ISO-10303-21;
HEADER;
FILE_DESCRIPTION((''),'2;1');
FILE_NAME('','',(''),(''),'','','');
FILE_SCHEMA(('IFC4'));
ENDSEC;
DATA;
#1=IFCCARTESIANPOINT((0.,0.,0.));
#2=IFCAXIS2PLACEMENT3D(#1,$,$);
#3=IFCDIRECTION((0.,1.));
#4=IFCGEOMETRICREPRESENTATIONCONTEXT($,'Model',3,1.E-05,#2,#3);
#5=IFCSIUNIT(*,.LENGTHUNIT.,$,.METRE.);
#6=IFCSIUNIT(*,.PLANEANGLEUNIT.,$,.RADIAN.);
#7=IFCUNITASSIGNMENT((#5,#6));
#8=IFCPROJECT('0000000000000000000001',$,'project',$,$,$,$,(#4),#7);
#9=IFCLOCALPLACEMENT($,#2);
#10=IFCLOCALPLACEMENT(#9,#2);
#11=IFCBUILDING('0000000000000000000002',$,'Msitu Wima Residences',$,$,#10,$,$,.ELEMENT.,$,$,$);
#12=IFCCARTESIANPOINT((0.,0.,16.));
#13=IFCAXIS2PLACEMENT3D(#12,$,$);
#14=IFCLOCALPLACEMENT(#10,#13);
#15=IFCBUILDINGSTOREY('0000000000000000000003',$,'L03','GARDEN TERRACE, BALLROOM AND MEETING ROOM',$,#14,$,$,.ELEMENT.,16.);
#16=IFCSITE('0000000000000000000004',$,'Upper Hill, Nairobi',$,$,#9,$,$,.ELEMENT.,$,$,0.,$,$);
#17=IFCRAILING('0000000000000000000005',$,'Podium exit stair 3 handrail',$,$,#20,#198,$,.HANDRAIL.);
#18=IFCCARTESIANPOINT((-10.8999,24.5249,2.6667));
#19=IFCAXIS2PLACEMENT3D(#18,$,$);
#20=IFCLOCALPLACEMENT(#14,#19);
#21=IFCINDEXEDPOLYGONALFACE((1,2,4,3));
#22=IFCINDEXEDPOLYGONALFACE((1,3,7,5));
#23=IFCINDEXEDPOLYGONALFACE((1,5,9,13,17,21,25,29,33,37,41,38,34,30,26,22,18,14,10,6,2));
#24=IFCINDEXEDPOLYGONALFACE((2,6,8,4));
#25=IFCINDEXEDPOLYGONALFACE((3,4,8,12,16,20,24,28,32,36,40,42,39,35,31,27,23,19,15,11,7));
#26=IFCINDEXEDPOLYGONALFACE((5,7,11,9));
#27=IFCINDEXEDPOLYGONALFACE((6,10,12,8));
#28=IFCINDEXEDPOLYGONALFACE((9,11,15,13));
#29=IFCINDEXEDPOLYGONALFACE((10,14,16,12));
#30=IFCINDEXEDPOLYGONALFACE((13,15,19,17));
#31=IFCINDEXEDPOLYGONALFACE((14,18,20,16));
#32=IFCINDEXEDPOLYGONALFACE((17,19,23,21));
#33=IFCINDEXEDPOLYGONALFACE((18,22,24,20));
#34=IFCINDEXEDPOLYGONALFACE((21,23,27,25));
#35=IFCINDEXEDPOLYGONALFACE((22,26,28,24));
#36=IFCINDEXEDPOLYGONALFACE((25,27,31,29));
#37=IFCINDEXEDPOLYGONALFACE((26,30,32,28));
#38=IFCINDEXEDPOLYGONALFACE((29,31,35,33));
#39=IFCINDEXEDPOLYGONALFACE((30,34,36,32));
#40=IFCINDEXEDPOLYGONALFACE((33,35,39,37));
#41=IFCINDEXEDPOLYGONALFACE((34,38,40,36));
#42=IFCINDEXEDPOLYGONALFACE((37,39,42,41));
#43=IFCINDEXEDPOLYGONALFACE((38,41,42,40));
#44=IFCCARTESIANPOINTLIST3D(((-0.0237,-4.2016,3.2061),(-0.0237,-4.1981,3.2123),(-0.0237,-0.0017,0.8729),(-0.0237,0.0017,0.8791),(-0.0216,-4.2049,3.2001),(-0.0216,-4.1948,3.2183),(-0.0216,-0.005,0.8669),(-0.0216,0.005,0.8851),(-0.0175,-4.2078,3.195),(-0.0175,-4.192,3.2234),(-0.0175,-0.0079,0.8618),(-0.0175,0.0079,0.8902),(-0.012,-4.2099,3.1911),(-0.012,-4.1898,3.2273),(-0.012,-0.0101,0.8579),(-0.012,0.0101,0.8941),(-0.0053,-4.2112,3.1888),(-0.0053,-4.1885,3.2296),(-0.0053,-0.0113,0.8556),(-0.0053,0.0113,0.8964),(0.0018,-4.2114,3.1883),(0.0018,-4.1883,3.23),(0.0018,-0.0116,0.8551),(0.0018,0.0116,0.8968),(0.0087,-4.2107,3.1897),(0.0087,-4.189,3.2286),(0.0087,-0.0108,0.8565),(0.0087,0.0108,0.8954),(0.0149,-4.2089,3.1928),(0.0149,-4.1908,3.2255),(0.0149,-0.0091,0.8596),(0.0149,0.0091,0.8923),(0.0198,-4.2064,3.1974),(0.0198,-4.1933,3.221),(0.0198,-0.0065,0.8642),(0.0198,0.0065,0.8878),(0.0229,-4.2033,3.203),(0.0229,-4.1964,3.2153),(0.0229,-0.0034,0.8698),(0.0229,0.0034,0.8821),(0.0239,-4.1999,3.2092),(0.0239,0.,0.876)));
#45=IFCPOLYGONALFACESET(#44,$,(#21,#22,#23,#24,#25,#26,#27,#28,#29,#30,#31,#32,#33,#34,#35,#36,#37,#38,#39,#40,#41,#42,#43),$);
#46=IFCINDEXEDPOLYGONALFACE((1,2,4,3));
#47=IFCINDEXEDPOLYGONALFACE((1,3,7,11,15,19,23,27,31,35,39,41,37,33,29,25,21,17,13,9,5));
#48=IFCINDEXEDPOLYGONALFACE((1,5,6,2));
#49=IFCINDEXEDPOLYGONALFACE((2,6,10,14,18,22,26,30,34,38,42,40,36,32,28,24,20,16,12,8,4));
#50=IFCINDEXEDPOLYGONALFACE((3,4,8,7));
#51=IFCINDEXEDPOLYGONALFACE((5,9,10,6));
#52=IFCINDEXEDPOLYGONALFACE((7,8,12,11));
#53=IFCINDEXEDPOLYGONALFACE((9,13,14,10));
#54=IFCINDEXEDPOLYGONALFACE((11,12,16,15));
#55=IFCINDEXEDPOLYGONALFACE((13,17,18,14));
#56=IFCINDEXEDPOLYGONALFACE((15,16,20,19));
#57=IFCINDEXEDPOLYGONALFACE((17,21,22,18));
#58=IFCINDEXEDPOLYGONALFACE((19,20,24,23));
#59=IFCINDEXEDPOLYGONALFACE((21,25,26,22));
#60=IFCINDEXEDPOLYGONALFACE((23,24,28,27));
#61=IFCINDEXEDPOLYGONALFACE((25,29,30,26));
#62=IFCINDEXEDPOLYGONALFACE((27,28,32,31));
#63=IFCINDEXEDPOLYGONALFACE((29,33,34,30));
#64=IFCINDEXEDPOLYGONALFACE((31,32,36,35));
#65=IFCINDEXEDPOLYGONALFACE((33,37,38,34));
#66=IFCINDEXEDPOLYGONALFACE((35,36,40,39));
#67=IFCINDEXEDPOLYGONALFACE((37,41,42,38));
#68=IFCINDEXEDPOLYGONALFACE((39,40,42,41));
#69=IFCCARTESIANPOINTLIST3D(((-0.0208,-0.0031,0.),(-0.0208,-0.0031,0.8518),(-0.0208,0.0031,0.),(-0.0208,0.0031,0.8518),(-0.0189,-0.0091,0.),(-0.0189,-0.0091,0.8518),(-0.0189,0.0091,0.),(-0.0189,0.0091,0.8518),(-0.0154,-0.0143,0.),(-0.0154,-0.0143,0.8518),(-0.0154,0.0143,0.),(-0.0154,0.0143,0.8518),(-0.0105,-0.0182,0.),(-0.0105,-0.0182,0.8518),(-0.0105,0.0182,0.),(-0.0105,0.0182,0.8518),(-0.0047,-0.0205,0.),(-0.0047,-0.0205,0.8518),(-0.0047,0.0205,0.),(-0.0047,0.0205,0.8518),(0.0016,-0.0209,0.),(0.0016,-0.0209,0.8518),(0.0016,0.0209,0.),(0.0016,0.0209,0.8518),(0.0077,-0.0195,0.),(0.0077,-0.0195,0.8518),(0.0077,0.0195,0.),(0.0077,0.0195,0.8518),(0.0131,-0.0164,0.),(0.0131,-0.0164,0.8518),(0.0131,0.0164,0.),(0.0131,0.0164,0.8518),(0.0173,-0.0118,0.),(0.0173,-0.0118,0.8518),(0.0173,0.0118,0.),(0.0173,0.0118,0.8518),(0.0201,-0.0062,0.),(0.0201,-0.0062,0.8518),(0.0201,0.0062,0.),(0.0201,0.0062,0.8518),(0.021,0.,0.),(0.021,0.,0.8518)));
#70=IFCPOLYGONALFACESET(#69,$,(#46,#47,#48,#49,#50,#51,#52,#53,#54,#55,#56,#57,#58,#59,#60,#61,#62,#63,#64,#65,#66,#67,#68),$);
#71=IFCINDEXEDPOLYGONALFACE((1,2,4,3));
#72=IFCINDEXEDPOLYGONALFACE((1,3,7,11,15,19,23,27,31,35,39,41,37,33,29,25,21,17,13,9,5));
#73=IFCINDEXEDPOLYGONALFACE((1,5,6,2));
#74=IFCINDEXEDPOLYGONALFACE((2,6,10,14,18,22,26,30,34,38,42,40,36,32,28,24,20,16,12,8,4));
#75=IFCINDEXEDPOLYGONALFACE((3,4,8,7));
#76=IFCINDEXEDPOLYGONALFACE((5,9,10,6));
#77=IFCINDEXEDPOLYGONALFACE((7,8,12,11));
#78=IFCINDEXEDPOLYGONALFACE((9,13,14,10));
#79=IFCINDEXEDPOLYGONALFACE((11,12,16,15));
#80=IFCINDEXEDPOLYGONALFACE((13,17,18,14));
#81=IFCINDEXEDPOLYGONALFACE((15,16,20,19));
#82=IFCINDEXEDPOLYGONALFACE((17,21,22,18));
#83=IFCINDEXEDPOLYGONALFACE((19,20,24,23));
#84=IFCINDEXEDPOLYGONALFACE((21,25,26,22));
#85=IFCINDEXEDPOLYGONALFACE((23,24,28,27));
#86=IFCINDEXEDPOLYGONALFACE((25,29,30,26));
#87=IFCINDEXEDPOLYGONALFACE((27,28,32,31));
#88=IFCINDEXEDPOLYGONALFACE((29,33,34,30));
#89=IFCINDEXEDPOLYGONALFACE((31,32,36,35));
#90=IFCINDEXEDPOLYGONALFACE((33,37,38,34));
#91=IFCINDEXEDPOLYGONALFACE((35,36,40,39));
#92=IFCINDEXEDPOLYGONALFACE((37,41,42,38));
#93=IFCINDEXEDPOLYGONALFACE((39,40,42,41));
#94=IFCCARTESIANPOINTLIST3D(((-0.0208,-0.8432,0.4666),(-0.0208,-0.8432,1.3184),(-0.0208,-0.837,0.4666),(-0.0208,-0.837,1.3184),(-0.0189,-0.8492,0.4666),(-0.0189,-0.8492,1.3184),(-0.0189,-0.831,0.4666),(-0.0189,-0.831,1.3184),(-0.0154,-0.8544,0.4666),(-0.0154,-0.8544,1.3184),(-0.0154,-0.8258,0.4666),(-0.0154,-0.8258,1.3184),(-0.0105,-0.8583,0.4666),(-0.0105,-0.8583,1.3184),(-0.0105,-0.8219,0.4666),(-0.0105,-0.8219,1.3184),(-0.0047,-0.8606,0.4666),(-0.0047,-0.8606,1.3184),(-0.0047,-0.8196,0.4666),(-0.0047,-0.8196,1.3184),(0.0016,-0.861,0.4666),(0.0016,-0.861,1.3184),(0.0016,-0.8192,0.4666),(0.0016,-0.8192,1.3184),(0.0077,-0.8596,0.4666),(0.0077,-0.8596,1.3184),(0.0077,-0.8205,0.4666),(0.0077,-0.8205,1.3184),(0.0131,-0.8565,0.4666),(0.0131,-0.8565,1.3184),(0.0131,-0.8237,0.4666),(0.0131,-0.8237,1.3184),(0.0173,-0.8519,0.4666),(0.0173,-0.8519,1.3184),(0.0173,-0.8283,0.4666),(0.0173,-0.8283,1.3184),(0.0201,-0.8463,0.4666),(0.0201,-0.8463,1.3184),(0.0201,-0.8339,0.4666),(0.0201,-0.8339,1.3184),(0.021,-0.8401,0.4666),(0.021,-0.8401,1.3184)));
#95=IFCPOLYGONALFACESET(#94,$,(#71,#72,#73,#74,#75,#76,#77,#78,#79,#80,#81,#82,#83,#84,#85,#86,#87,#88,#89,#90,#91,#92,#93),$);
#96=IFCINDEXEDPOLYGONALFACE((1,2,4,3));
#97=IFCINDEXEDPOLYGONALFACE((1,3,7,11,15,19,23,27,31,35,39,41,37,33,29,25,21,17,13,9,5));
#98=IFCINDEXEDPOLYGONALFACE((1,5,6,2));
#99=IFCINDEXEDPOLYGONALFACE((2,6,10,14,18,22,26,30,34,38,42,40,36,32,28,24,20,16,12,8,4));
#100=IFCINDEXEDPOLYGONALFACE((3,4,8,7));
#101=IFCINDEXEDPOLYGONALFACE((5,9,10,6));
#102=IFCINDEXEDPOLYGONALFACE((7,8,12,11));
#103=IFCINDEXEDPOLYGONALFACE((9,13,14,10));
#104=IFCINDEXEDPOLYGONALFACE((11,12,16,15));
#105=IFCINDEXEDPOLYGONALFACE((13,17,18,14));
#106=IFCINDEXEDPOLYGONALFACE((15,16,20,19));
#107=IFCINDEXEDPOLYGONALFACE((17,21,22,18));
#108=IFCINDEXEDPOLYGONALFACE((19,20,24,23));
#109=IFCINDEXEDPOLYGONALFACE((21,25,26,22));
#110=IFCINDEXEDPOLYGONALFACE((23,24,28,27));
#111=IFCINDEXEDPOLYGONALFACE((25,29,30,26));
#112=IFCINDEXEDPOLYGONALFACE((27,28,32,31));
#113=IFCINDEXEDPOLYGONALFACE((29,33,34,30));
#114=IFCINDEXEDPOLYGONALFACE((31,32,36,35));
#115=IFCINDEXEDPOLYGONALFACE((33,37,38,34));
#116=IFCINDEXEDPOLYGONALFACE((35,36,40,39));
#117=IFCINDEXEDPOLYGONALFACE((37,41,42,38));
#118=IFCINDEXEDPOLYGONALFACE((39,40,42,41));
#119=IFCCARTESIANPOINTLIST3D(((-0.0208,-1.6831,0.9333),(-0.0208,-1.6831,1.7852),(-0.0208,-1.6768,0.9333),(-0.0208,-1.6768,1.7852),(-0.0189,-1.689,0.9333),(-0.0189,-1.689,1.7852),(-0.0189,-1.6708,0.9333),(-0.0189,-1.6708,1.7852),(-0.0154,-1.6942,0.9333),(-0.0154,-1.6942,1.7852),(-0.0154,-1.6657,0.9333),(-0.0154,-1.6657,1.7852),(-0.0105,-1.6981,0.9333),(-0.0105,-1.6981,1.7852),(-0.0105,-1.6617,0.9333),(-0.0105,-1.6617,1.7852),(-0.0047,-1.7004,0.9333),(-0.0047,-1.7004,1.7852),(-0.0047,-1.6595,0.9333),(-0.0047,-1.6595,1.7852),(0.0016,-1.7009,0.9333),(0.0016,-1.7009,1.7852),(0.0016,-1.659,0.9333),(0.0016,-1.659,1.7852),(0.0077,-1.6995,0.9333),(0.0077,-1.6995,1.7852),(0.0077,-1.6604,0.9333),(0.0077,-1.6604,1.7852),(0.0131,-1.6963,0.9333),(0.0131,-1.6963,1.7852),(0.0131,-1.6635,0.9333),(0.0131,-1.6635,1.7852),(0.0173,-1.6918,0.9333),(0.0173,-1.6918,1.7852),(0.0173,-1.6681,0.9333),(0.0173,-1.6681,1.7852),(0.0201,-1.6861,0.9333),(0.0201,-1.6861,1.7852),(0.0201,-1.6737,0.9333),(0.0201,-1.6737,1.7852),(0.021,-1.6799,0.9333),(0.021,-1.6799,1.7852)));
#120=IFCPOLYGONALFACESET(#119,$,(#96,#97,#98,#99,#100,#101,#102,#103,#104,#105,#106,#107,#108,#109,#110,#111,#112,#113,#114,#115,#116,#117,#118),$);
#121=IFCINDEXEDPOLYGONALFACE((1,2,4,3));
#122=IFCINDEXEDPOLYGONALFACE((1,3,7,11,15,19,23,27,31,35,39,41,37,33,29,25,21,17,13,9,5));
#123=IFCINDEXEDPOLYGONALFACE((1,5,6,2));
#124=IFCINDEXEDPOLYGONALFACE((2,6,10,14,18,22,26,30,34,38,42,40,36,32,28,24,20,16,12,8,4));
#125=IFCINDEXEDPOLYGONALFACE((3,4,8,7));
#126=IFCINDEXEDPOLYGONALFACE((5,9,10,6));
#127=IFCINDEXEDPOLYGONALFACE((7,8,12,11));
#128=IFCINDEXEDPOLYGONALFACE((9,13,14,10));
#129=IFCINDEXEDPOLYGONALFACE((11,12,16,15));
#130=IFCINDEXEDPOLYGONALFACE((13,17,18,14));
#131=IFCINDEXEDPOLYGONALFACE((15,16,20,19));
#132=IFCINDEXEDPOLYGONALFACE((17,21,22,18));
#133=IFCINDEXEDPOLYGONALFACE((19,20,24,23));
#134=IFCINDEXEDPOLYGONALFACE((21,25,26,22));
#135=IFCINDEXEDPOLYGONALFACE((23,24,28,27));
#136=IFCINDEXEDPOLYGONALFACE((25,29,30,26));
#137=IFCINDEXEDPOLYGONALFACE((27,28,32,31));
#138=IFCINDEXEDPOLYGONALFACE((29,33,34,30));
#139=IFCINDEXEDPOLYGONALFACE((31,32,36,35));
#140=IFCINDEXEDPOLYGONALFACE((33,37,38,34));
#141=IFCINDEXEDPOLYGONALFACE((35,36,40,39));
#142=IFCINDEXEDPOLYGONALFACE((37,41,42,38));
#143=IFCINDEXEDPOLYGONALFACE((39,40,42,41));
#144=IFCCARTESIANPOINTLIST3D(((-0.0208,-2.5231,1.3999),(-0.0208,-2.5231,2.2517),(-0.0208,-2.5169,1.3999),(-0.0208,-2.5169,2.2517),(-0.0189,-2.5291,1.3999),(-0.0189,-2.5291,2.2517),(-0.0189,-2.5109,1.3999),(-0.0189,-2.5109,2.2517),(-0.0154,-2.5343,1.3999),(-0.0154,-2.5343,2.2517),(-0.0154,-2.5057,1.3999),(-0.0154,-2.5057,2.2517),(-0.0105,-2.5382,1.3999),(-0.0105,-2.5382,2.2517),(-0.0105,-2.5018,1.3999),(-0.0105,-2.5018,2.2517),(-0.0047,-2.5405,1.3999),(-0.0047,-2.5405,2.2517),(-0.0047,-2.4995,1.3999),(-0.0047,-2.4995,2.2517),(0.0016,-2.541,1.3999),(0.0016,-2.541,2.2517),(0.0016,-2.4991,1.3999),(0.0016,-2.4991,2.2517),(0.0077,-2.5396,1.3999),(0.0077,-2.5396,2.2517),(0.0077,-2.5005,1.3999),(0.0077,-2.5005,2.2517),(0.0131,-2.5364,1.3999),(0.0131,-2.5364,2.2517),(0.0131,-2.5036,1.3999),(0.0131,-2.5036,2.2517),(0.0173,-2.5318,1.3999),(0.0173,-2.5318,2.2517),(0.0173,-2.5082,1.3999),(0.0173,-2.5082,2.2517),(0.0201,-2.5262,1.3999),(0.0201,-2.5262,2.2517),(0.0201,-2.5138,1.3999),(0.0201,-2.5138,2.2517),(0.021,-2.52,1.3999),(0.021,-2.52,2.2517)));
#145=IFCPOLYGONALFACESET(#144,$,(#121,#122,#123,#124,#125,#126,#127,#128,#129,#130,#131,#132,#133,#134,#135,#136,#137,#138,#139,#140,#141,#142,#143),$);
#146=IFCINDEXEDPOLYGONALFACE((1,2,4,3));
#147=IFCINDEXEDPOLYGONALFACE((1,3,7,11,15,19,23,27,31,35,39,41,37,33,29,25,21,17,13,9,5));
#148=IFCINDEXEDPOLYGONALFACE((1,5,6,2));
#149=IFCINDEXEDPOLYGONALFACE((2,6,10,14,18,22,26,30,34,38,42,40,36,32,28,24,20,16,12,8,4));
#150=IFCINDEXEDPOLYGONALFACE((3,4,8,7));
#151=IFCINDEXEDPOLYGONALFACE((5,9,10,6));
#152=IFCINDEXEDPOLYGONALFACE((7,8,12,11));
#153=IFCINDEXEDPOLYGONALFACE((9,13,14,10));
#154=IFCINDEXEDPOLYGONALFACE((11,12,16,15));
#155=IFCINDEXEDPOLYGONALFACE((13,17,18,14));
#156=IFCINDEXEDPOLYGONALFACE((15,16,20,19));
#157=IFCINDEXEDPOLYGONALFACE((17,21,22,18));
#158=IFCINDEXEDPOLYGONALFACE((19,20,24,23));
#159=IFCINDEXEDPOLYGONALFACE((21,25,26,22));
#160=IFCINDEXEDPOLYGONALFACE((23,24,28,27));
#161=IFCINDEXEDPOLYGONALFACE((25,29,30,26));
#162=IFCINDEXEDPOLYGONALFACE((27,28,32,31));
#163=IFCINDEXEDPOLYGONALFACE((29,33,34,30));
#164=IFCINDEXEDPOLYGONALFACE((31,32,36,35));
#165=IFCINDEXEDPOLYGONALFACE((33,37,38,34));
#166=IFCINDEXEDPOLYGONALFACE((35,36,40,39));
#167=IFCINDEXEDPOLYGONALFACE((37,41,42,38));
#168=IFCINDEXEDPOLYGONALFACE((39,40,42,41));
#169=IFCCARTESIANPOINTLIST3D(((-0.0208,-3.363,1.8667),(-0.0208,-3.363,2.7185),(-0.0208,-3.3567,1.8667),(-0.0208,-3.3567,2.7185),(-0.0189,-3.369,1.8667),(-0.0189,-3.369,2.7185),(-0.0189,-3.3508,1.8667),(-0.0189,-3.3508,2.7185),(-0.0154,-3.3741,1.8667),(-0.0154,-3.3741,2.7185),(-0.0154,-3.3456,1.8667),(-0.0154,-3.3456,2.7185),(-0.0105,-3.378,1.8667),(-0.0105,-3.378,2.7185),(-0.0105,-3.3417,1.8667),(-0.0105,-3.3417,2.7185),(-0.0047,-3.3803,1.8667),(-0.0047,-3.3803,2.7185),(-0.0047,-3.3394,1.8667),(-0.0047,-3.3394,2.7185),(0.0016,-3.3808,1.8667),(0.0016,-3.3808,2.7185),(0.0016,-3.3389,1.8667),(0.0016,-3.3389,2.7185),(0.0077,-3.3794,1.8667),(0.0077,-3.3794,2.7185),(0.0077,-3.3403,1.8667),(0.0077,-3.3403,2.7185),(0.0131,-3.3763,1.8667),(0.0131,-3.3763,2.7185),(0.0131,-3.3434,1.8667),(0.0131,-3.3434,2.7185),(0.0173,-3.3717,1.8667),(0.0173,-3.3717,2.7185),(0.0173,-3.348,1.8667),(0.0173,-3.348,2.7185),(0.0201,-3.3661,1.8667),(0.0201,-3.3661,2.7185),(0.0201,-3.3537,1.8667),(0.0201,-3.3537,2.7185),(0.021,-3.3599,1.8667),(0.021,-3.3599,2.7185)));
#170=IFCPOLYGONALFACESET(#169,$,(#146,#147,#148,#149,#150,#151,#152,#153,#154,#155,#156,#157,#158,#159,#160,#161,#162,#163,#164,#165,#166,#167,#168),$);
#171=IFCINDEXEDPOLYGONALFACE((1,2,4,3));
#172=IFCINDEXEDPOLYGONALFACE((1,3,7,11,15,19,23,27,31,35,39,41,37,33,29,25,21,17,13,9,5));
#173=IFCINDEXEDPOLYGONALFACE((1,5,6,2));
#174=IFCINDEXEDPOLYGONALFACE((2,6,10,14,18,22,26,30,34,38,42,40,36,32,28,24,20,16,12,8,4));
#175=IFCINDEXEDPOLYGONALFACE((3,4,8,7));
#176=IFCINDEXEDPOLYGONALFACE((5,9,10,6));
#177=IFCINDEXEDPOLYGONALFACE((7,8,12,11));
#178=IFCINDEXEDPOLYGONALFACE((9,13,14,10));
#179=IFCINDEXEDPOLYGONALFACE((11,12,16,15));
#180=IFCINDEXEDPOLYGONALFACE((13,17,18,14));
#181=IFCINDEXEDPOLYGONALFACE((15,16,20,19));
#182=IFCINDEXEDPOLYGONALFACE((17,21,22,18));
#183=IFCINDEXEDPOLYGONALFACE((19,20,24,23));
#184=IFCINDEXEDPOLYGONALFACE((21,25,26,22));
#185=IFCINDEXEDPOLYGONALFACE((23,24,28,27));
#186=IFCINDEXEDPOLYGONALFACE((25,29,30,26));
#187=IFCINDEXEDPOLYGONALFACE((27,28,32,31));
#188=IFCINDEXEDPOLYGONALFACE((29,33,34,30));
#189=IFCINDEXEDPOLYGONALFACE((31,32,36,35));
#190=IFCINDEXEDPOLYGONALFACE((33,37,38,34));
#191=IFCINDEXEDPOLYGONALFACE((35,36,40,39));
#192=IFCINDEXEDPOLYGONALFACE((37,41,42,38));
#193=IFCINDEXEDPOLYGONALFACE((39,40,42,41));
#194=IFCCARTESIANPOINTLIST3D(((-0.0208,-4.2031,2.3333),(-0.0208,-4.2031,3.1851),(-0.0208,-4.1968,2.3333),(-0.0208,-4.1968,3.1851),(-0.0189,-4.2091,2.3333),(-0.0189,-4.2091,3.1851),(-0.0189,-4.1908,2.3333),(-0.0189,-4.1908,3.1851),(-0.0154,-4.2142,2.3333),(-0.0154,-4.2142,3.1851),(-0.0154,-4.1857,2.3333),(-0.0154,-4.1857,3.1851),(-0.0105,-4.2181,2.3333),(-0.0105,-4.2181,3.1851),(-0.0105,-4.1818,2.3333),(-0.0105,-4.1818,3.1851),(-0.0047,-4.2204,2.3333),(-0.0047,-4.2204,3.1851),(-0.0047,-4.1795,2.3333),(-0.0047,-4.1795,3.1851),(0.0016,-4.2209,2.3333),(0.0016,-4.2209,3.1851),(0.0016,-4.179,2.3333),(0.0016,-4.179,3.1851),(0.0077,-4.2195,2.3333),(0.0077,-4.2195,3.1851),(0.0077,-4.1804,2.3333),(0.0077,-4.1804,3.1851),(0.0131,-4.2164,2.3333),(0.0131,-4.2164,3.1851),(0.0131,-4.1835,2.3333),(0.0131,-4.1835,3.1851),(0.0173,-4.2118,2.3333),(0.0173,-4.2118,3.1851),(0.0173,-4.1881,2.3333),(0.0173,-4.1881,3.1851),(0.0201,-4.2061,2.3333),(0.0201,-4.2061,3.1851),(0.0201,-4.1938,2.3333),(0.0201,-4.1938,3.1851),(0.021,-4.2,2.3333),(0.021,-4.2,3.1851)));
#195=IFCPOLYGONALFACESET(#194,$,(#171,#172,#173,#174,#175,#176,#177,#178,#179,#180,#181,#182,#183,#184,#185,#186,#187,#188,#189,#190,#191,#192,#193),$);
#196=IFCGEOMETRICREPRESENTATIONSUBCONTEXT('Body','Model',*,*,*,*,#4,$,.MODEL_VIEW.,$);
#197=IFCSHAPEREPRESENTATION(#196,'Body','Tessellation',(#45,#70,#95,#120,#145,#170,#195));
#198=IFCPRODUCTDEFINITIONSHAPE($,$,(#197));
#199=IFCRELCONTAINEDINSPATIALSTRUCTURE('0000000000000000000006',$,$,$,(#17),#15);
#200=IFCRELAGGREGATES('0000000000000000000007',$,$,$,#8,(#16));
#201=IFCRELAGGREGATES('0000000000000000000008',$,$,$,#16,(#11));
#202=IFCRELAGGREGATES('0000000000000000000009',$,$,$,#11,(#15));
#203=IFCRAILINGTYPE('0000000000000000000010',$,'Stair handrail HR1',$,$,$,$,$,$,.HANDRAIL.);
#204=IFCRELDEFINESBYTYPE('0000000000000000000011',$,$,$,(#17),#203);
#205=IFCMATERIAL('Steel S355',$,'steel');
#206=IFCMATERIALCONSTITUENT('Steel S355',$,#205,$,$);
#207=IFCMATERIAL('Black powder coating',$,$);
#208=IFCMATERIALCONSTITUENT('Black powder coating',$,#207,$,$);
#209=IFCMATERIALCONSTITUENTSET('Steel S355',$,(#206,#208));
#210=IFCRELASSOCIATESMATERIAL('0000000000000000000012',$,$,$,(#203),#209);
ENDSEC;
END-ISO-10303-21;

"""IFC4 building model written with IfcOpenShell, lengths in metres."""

from ifc_helpers import new_model, si_unit, direction, frame, origin, origin_2d, place, context, subcontext, project, spatial, circle, extrude, material, constituent, constituent_set, type_object, element, save


model = new_model("IFC4")

# Units and contexts
model_context = context("Model", 3, precision=1e-05, world=origin(), true_north=direction((0.0, 1.0)))
body_context = subcontext(model_context, "Body", "Model", "MODEL_VIEW")
ifc_project = project(units=[si_unit("LENGTHUNIT", "METRE"), si_unit("PLANEANGLEUNIT", "RADIAN")], contexts=[model_context])

# Site, building, storey
site_placement = place(None, origin())
site = spatial("IfcSite", under=ifc_project, at=site_placement, Name="Upper Hill, Nairobi", CompositionType="ELEMENT", RefElevation=0.0)
building_placement = place(site_placement, origin())
building = spatial("IfcBuilding", under=site, at=building_placement, Name="Msitu Wima Residences", CompositionType="ELEMENT")
storey_placement = place(building_placement, frame((0.0, 0.0, 16.0)))
storey = spatial("IfcBuildingStorey", under=building, at=storey_placement, Name="L03", Description="GARDEN TERRACE, BALLROOM AND MEETING ROOM", CompositionType="ELEMENT", Elevation=16.0)

# Railing
ifc_material_1 = material(Name="Steel S355", Category="steel")
ifc_constituent_1 = constituent(ifc_material_1, Name="Steel S355")
ifc_material_2 = material(Name="Black powder coating")
ifc_constituent_2 = constituent(ifc_material_2, Name="Black powder coating")
ifc_constituent_set = constituent_set(constituents=[ifc_constituent_1, ifc_constituent_2], Name="Steel S355")
railing_type = type_object("IfcRailingType", Name="Stair handrail HR1", PredefinedType="HANDRAIL", material=ifc_constituent_set)
for number, where, name in (
    (1, (-10.8999, 24.5249, 2.6667), "Podium exit stair 3 handrail"),
):
    element("IfcRailing", number, at=place(storey_placement, frame(where)), inside=storey, type_object=railing_type, Name=name, PredefinedType="HANDRAIL", context=body_context, shape_type="SweptSolid", body=[
        extrude(circle(Radius=0.0239, at=origin_2d()), frame((0.0, 0.0, 0.876), z_axis=(0.0, -0.874162, 0.485634), x_axis=(1.0, 0.0, 0.0)), (0.0, 0.0, 1.0), 4.8044),
        extrude(circle(Radius=0.021, at=origin_2d()), origin(), (0.0, 0.0, 1.0), 0.8518),
        extrude(circle(Radius=0.021, at=origin_2d()), frame((0.0, -0.8401, 0.4666)), (0.0, 0.0, 1.0), 0.8518),
        extrude(circle(Radius=0.021, at=origin_2d()), frame((0.0, -1.6799, 0.9333)), (0.0, 0.0, 1.0), 0.8518),
        extrude(circle(Radius=0.021, at=origin_2d()), frame((0.0, -2.52, 1.3999)), (0.0, 0.0, 1.0), 0.8518),
        extrude(circle(Radius=0.021, at=origin_2d()), frame((0.0, -3.3599, 1.8667)), (0.0, 0.0, 1.0), 0.8518),
        extrude(circle(Radius=0.021, at=origin_2d()), frame((0.0, -4.2, 2.3333)), (0.0, 0.0, 1.0), 0.8518),
    ])

save(model, "model.ifc")
